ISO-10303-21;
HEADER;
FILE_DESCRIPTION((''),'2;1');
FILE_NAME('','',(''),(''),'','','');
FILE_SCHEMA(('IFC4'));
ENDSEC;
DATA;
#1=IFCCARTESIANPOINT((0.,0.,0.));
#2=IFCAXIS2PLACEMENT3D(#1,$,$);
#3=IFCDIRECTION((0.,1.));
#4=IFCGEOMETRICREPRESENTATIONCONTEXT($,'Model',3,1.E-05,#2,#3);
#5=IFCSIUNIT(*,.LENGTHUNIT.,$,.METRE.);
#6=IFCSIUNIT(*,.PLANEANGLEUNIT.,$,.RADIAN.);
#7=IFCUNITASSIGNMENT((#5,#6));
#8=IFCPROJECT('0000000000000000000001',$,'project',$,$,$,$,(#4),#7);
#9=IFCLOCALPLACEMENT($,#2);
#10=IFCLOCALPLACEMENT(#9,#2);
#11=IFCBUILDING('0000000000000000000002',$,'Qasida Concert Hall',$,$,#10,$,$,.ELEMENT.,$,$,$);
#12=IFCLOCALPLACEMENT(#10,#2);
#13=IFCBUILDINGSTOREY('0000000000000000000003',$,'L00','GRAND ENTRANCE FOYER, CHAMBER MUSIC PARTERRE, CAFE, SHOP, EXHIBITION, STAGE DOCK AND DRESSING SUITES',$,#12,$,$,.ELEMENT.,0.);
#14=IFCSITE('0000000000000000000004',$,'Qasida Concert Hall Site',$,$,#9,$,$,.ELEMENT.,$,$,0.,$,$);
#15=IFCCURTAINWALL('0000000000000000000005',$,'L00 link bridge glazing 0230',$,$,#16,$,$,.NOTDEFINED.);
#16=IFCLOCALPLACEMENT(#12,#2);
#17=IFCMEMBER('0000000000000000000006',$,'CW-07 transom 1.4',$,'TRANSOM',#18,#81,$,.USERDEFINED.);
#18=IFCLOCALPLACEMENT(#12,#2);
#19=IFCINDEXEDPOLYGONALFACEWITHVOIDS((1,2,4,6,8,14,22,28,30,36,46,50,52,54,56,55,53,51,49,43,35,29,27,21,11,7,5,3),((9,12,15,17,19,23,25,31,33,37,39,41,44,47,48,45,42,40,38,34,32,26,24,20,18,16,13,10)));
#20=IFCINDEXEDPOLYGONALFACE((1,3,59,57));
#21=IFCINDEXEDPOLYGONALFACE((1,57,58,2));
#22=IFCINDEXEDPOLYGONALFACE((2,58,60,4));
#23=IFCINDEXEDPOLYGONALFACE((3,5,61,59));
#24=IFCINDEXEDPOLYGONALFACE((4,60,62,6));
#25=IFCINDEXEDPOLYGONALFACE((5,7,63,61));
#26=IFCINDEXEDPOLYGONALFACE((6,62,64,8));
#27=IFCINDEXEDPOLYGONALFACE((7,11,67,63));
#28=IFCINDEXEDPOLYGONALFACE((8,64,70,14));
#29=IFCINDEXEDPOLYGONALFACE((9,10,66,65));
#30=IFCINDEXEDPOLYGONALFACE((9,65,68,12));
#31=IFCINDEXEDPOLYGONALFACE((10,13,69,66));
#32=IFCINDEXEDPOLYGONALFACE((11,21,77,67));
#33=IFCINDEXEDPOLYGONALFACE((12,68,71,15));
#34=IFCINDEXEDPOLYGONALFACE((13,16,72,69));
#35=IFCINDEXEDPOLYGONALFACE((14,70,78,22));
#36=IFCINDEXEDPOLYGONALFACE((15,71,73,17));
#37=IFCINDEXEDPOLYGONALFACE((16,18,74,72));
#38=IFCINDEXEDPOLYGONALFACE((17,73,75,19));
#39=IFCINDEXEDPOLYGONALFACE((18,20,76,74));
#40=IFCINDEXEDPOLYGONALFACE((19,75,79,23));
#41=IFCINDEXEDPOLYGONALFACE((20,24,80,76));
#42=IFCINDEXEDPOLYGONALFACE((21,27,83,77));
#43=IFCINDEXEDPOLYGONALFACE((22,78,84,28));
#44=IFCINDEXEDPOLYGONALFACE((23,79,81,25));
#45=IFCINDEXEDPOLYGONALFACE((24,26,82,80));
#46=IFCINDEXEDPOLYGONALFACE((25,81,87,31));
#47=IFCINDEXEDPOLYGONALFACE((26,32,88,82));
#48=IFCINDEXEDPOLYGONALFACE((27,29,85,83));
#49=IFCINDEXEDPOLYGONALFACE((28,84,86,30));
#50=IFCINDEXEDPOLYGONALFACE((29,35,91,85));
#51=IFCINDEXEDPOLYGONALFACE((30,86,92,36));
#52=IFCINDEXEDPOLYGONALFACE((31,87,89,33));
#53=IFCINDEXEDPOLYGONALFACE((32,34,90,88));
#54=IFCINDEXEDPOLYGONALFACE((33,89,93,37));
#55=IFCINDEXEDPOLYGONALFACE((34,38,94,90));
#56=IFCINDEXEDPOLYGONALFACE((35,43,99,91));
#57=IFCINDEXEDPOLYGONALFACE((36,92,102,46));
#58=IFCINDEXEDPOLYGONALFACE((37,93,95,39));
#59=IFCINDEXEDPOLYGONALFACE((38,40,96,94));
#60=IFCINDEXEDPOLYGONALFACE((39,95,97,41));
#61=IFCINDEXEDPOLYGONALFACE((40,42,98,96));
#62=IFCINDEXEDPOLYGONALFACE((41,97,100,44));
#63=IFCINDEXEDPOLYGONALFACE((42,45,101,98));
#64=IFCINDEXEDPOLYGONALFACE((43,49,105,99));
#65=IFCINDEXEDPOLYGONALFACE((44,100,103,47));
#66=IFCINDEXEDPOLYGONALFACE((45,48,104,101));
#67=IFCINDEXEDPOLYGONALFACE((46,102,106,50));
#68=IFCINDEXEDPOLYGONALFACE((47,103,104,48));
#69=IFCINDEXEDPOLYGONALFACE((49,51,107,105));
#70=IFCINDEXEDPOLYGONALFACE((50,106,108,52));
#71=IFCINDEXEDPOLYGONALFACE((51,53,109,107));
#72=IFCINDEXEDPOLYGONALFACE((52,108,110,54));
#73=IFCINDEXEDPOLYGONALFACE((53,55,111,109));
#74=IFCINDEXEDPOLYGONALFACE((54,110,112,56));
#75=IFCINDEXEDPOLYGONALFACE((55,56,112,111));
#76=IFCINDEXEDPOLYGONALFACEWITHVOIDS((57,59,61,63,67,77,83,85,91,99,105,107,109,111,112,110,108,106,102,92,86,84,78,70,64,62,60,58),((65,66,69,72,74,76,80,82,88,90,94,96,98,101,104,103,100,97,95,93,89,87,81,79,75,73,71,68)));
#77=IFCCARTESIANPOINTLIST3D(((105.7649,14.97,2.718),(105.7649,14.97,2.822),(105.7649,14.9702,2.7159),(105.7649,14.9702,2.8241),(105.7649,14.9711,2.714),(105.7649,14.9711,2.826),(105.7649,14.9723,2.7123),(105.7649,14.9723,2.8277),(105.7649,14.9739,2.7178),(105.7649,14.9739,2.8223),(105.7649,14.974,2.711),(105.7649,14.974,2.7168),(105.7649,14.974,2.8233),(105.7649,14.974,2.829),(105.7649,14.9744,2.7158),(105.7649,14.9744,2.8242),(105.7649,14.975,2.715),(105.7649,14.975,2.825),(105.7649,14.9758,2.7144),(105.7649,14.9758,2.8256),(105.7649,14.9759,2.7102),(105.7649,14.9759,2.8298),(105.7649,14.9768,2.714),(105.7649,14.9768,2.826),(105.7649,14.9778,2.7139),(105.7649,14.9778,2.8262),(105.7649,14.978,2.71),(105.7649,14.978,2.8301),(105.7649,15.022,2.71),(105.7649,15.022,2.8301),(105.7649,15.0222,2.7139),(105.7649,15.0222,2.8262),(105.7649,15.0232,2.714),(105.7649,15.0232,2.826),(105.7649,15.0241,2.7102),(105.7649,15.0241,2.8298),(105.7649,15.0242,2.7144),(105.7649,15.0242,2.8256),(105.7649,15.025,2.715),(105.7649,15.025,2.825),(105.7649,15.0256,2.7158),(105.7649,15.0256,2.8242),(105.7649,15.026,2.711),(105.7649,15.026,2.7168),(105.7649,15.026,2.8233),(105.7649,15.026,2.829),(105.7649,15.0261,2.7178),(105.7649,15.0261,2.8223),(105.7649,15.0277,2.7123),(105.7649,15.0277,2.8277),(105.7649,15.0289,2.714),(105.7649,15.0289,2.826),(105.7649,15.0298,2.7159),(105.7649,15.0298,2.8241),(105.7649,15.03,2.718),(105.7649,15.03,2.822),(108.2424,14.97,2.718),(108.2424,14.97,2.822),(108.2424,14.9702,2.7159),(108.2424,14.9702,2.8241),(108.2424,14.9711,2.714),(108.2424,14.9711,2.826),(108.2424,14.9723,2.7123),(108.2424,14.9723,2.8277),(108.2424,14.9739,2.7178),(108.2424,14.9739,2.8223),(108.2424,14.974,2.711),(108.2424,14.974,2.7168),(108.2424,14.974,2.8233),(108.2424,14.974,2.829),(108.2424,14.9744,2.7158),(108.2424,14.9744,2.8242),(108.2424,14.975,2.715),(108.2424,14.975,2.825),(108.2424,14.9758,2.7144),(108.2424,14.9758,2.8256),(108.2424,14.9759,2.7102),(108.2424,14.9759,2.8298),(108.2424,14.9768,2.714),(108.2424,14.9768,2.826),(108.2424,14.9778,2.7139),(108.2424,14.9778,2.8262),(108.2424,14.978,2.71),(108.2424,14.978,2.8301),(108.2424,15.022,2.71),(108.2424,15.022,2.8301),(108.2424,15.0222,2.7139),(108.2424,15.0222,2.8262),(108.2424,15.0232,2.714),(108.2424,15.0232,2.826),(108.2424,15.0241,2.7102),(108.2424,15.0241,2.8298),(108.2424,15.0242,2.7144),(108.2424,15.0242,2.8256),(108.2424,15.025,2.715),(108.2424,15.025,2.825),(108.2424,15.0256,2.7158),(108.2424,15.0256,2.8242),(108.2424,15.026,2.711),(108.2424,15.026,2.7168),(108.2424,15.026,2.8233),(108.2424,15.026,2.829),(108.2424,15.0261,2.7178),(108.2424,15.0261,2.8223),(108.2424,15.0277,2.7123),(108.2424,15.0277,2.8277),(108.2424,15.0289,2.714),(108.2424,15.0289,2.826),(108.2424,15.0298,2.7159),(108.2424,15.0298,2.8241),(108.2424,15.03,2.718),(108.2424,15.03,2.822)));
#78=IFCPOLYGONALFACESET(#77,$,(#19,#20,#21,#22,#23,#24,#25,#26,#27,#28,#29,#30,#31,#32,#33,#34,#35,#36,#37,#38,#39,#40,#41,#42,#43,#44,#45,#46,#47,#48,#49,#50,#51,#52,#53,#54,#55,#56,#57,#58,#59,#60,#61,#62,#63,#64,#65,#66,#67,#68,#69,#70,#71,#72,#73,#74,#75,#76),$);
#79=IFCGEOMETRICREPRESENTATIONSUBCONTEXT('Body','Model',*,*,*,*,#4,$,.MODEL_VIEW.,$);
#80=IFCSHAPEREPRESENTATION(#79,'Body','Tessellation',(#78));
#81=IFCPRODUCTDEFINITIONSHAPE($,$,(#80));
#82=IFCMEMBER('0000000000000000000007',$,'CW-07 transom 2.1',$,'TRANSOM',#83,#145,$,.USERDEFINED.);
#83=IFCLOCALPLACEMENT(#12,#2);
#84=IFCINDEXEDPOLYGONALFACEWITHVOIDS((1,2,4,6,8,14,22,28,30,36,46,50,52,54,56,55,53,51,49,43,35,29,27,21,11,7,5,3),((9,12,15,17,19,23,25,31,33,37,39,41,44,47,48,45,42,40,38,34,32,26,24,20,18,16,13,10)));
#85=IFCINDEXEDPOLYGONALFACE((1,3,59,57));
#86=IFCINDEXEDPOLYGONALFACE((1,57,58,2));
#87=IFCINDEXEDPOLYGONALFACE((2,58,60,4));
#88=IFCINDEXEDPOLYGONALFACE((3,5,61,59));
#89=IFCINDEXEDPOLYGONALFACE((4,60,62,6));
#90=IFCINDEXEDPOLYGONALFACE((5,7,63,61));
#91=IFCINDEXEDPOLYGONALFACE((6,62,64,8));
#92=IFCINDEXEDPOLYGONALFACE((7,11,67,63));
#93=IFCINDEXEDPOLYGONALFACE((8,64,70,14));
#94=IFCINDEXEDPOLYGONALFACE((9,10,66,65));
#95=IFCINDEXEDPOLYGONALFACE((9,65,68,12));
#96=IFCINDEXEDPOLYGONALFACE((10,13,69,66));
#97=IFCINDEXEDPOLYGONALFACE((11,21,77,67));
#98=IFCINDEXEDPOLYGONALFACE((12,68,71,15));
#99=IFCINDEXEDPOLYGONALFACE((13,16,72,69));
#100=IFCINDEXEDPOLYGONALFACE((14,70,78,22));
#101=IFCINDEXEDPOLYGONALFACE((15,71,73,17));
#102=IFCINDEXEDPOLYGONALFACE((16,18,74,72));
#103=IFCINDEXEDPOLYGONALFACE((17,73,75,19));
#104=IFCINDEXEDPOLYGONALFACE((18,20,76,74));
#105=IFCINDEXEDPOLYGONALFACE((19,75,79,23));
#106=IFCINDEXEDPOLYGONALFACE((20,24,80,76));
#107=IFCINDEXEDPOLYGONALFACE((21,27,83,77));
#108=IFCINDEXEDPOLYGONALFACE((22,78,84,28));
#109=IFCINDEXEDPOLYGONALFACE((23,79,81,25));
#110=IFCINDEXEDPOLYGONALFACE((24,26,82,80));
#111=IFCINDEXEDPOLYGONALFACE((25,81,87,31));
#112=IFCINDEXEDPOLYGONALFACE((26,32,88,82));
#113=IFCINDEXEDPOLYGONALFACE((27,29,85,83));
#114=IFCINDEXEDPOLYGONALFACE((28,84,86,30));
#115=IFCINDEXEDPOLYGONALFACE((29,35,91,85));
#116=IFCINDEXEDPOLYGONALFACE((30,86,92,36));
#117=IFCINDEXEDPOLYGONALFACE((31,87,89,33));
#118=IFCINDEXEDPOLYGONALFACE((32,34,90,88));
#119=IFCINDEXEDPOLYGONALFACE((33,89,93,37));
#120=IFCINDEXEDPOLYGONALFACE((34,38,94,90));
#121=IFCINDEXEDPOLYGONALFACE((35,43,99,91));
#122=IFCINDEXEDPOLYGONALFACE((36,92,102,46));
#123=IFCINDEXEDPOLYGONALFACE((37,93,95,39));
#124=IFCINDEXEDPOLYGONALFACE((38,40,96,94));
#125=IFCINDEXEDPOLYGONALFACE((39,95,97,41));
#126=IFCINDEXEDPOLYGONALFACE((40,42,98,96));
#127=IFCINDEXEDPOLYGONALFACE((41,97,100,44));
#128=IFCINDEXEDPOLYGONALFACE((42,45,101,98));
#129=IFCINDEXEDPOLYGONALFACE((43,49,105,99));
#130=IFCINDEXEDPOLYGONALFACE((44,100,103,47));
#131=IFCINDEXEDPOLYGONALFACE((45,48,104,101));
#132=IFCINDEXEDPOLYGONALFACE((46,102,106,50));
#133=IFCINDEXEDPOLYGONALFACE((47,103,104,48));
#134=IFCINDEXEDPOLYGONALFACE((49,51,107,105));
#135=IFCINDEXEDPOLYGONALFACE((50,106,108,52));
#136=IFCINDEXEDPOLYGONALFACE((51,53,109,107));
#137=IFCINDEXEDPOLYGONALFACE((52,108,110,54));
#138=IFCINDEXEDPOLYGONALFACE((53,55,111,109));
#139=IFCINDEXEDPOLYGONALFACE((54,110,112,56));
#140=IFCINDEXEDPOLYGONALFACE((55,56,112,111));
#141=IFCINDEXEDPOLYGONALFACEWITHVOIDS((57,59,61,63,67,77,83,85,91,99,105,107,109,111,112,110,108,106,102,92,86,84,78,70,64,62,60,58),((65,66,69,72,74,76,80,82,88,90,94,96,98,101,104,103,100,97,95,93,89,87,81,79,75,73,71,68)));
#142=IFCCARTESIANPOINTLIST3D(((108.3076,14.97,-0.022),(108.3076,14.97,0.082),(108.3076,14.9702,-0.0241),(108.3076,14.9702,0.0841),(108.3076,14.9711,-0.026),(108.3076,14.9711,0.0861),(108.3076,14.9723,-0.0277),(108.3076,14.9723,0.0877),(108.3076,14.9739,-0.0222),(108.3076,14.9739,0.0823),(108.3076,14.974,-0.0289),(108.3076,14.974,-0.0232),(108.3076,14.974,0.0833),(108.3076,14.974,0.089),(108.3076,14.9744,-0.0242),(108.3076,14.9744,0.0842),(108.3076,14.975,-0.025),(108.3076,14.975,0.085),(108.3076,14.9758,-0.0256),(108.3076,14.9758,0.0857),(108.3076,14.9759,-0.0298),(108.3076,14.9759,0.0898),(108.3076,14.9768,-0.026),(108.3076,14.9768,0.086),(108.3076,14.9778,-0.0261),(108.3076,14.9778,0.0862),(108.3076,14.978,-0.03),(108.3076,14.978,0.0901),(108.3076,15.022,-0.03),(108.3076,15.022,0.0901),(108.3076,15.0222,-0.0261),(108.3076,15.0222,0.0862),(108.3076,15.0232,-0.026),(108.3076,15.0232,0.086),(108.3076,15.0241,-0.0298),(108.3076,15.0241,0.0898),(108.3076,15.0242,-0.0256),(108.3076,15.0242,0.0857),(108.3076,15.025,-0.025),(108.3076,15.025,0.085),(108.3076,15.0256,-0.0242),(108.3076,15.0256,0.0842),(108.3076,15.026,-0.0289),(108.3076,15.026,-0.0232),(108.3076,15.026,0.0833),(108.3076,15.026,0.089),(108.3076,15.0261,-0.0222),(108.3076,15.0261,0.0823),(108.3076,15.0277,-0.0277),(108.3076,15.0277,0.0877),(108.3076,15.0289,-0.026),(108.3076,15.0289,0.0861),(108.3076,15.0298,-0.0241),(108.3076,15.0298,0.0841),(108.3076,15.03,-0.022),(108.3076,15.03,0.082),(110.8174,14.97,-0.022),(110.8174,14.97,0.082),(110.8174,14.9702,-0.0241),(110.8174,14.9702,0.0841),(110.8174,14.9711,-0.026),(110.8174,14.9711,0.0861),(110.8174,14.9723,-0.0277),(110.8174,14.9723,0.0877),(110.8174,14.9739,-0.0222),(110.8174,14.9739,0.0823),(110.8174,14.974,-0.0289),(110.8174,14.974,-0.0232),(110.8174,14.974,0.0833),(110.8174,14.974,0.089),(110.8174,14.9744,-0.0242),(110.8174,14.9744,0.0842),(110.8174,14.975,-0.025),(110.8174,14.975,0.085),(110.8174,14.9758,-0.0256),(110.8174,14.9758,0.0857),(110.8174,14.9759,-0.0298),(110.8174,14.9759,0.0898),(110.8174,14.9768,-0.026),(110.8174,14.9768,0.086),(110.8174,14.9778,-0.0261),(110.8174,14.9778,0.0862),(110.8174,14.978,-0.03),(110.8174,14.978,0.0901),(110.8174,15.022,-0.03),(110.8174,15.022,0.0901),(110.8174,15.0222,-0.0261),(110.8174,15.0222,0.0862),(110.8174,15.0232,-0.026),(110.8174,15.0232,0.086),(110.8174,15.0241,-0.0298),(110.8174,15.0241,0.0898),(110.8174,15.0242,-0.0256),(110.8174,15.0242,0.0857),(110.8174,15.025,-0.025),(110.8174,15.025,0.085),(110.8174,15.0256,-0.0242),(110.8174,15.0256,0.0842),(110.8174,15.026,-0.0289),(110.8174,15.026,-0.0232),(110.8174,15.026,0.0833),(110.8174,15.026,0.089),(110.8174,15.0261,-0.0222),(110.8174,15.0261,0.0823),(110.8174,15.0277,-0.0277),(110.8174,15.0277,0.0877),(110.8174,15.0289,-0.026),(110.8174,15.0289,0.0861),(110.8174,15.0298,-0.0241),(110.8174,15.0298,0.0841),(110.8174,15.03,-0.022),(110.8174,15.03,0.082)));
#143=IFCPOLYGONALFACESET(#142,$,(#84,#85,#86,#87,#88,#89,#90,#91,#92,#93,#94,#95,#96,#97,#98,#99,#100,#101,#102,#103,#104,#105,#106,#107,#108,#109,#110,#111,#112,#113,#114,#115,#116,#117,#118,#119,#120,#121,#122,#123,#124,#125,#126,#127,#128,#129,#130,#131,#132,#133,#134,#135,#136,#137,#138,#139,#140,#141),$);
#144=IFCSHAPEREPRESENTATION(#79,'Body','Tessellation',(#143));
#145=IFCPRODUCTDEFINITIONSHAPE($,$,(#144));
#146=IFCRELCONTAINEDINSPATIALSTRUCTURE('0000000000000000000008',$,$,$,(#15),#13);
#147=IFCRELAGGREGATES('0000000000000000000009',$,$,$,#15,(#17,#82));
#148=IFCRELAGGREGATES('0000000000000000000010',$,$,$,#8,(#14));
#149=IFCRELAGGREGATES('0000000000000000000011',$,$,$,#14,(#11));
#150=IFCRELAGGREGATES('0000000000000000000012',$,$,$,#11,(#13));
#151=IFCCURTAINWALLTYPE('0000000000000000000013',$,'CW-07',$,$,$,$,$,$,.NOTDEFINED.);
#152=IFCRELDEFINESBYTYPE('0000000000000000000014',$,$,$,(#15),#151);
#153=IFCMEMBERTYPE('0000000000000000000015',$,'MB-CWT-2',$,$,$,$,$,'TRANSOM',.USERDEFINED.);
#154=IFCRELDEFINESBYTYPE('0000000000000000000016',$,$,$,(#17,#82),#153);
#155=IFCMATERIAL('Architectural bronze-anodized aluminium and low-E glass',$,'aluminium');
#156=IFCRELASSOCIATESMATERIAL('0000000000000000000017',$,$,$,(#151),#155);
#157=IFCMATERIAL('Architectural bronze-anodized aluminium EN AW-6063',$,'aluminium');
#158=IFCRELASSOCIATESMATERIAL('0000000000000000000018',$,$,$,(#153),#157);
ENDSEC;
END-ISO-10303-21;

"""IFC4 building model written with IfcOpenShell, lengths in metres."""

from ifc_helpers import new_model, si_unit, direction, frame, origin, origin_2d, place, context, subcontext, project, spatial, hollow_rectangle, extrude, material, material_profile, profile_set, type_object, element, aggregate, save


model = new_model("IFC4")

# Units and contexts
model_context = context("Model", 3, precision=1e-05, world=origin(), true_north=direction((0.0, 1.0)))
body_context = subcontext(model_context, "Body", "Model", "MODEL_VIEW")
ifc_project = project(units=[si_unit("LENGTHUNIT", "METRE"), si_unit("PLANEANGLEUNIT", "RADIAN")], contexts=[model_context])

# Site, building, storey
site_placement = place(None, origin())
site = spatial("IfcSite", under=ifc_project, at=site_placement, Name="Qasida Concert Hall Site", CompositionType="ELEMENT", RefElevation=0.0)
building_placement = place(site_placement, origin())
building = spatial("IfcBuilding", under=site, at=building_placement, Name="Qasida Concert Hall", CompositionType="ELEMENT")
storey_placement = place(building_placement, origin())
storey = spatial("IfcBuildingStorey", under=building, at=storey_placement, Name="L00", Description="GRAND ENTRANCE FOYER, CHAMBER MUSIC PARTERRE, CAFE, SHOP, EXHIBITION, STAGE DOCK AND DRESSING SUITES", CompositionType="ELEMENT", Elevation=0.0)

# Curtain wall, members
ifc_material_1 = material(Name="Architectural bronze-anodized aluminium and low-E glass", Category="aluminium")
curtain_wall_type = type_object("IfcCurtainWallType", Name="CW-07", PredefinedType="NOTDEFINED", material=ifc_material_1)
curtain_wall_placement = place(storey_placement, origin())
curtain_wall = element("IfcCurtainWall", 1, at=curtain_wall_placement, inside=storey, type_object=curtain_wall_type, Name="L00 link bridge glazing 0230", PredefinedType="NOTDEFINED")
ifc_material_2 = material(Name="Architectural bronze-anodized aluminium EN AW-6063", Category="aluminium")
ifc_material_profile_1 = material_profile(ifc_material_2, hollow_rectangle(XDim=0.0601, YDim=0.1201, WallThickness=0.0039, InnerFilletRadius=0.0039, OuterFilletRadius=0.0081, at=origin_2d()), Name="CWT 120x60x4")
ifc_profile_set_1 = profile_set([ifc_material_profile_1], Name="Architectural bronze-anodized aluminium EN AW-6063")
member_type_1 = type_object("IfcMemberType", Name="MB-CWT-2", ElementType="TRANSOM", PredefinedType="USERDEFINED", material=ifc_profile_set_1)
member_1_placement = place(storey_placement, frame((105.7649, 15.0, 2.77), z_axis=(1.0, 0.0, 0.0), x_axis=(0.0, 1.0, 0.0)))
member_1 = element("IfcMember", 2, at=member_1_placement, type_object=member_type_1, Name="CW-07 transom 1.4", ObjectType="TRANSOM", PredefinedType="USERDEFINED", context=body_context, shape_type="SweptSolid", body=[
    extrude(hollow_rectangle(XDim=0.0601, YDim=0.1201, WallThickness=0.0039, InnerFilletRadius=0.0039, OuterFilletRadius=0.0081, at=origin_2d()), origin(), (0.0, 0.0, 1.0), 2.4775),
])
member_2_placement = place(storey_placement, frame((108.3076, 15.0, 0.03), z_axis=(1.0, 0.0, 0.0), x_axis=(0.0, 1.0, 0.0)))
member_2 = element("IfcMember", 3, at=member_2_placement, type_object=member_type_1, Name="CW-07 transom 2.1", ObjectType="TRANSOM", PredefinedType="USERDEFINED", context=body_context, shape_type="SweptSolid", body=[
    extrude(hollow_rectangle(XDim=0.0601, YDim=0.1201, WallThickness=0.0039, InnerFilletRadius=0.0039, OuterFilletRadius=0.0081, at=origin_2d()), origin(), (0.0, 0.0, 1.0), 2.5098),
])
aggregate(curtain_wall, [member_1, member_2])

save(model, "model.ifc")
